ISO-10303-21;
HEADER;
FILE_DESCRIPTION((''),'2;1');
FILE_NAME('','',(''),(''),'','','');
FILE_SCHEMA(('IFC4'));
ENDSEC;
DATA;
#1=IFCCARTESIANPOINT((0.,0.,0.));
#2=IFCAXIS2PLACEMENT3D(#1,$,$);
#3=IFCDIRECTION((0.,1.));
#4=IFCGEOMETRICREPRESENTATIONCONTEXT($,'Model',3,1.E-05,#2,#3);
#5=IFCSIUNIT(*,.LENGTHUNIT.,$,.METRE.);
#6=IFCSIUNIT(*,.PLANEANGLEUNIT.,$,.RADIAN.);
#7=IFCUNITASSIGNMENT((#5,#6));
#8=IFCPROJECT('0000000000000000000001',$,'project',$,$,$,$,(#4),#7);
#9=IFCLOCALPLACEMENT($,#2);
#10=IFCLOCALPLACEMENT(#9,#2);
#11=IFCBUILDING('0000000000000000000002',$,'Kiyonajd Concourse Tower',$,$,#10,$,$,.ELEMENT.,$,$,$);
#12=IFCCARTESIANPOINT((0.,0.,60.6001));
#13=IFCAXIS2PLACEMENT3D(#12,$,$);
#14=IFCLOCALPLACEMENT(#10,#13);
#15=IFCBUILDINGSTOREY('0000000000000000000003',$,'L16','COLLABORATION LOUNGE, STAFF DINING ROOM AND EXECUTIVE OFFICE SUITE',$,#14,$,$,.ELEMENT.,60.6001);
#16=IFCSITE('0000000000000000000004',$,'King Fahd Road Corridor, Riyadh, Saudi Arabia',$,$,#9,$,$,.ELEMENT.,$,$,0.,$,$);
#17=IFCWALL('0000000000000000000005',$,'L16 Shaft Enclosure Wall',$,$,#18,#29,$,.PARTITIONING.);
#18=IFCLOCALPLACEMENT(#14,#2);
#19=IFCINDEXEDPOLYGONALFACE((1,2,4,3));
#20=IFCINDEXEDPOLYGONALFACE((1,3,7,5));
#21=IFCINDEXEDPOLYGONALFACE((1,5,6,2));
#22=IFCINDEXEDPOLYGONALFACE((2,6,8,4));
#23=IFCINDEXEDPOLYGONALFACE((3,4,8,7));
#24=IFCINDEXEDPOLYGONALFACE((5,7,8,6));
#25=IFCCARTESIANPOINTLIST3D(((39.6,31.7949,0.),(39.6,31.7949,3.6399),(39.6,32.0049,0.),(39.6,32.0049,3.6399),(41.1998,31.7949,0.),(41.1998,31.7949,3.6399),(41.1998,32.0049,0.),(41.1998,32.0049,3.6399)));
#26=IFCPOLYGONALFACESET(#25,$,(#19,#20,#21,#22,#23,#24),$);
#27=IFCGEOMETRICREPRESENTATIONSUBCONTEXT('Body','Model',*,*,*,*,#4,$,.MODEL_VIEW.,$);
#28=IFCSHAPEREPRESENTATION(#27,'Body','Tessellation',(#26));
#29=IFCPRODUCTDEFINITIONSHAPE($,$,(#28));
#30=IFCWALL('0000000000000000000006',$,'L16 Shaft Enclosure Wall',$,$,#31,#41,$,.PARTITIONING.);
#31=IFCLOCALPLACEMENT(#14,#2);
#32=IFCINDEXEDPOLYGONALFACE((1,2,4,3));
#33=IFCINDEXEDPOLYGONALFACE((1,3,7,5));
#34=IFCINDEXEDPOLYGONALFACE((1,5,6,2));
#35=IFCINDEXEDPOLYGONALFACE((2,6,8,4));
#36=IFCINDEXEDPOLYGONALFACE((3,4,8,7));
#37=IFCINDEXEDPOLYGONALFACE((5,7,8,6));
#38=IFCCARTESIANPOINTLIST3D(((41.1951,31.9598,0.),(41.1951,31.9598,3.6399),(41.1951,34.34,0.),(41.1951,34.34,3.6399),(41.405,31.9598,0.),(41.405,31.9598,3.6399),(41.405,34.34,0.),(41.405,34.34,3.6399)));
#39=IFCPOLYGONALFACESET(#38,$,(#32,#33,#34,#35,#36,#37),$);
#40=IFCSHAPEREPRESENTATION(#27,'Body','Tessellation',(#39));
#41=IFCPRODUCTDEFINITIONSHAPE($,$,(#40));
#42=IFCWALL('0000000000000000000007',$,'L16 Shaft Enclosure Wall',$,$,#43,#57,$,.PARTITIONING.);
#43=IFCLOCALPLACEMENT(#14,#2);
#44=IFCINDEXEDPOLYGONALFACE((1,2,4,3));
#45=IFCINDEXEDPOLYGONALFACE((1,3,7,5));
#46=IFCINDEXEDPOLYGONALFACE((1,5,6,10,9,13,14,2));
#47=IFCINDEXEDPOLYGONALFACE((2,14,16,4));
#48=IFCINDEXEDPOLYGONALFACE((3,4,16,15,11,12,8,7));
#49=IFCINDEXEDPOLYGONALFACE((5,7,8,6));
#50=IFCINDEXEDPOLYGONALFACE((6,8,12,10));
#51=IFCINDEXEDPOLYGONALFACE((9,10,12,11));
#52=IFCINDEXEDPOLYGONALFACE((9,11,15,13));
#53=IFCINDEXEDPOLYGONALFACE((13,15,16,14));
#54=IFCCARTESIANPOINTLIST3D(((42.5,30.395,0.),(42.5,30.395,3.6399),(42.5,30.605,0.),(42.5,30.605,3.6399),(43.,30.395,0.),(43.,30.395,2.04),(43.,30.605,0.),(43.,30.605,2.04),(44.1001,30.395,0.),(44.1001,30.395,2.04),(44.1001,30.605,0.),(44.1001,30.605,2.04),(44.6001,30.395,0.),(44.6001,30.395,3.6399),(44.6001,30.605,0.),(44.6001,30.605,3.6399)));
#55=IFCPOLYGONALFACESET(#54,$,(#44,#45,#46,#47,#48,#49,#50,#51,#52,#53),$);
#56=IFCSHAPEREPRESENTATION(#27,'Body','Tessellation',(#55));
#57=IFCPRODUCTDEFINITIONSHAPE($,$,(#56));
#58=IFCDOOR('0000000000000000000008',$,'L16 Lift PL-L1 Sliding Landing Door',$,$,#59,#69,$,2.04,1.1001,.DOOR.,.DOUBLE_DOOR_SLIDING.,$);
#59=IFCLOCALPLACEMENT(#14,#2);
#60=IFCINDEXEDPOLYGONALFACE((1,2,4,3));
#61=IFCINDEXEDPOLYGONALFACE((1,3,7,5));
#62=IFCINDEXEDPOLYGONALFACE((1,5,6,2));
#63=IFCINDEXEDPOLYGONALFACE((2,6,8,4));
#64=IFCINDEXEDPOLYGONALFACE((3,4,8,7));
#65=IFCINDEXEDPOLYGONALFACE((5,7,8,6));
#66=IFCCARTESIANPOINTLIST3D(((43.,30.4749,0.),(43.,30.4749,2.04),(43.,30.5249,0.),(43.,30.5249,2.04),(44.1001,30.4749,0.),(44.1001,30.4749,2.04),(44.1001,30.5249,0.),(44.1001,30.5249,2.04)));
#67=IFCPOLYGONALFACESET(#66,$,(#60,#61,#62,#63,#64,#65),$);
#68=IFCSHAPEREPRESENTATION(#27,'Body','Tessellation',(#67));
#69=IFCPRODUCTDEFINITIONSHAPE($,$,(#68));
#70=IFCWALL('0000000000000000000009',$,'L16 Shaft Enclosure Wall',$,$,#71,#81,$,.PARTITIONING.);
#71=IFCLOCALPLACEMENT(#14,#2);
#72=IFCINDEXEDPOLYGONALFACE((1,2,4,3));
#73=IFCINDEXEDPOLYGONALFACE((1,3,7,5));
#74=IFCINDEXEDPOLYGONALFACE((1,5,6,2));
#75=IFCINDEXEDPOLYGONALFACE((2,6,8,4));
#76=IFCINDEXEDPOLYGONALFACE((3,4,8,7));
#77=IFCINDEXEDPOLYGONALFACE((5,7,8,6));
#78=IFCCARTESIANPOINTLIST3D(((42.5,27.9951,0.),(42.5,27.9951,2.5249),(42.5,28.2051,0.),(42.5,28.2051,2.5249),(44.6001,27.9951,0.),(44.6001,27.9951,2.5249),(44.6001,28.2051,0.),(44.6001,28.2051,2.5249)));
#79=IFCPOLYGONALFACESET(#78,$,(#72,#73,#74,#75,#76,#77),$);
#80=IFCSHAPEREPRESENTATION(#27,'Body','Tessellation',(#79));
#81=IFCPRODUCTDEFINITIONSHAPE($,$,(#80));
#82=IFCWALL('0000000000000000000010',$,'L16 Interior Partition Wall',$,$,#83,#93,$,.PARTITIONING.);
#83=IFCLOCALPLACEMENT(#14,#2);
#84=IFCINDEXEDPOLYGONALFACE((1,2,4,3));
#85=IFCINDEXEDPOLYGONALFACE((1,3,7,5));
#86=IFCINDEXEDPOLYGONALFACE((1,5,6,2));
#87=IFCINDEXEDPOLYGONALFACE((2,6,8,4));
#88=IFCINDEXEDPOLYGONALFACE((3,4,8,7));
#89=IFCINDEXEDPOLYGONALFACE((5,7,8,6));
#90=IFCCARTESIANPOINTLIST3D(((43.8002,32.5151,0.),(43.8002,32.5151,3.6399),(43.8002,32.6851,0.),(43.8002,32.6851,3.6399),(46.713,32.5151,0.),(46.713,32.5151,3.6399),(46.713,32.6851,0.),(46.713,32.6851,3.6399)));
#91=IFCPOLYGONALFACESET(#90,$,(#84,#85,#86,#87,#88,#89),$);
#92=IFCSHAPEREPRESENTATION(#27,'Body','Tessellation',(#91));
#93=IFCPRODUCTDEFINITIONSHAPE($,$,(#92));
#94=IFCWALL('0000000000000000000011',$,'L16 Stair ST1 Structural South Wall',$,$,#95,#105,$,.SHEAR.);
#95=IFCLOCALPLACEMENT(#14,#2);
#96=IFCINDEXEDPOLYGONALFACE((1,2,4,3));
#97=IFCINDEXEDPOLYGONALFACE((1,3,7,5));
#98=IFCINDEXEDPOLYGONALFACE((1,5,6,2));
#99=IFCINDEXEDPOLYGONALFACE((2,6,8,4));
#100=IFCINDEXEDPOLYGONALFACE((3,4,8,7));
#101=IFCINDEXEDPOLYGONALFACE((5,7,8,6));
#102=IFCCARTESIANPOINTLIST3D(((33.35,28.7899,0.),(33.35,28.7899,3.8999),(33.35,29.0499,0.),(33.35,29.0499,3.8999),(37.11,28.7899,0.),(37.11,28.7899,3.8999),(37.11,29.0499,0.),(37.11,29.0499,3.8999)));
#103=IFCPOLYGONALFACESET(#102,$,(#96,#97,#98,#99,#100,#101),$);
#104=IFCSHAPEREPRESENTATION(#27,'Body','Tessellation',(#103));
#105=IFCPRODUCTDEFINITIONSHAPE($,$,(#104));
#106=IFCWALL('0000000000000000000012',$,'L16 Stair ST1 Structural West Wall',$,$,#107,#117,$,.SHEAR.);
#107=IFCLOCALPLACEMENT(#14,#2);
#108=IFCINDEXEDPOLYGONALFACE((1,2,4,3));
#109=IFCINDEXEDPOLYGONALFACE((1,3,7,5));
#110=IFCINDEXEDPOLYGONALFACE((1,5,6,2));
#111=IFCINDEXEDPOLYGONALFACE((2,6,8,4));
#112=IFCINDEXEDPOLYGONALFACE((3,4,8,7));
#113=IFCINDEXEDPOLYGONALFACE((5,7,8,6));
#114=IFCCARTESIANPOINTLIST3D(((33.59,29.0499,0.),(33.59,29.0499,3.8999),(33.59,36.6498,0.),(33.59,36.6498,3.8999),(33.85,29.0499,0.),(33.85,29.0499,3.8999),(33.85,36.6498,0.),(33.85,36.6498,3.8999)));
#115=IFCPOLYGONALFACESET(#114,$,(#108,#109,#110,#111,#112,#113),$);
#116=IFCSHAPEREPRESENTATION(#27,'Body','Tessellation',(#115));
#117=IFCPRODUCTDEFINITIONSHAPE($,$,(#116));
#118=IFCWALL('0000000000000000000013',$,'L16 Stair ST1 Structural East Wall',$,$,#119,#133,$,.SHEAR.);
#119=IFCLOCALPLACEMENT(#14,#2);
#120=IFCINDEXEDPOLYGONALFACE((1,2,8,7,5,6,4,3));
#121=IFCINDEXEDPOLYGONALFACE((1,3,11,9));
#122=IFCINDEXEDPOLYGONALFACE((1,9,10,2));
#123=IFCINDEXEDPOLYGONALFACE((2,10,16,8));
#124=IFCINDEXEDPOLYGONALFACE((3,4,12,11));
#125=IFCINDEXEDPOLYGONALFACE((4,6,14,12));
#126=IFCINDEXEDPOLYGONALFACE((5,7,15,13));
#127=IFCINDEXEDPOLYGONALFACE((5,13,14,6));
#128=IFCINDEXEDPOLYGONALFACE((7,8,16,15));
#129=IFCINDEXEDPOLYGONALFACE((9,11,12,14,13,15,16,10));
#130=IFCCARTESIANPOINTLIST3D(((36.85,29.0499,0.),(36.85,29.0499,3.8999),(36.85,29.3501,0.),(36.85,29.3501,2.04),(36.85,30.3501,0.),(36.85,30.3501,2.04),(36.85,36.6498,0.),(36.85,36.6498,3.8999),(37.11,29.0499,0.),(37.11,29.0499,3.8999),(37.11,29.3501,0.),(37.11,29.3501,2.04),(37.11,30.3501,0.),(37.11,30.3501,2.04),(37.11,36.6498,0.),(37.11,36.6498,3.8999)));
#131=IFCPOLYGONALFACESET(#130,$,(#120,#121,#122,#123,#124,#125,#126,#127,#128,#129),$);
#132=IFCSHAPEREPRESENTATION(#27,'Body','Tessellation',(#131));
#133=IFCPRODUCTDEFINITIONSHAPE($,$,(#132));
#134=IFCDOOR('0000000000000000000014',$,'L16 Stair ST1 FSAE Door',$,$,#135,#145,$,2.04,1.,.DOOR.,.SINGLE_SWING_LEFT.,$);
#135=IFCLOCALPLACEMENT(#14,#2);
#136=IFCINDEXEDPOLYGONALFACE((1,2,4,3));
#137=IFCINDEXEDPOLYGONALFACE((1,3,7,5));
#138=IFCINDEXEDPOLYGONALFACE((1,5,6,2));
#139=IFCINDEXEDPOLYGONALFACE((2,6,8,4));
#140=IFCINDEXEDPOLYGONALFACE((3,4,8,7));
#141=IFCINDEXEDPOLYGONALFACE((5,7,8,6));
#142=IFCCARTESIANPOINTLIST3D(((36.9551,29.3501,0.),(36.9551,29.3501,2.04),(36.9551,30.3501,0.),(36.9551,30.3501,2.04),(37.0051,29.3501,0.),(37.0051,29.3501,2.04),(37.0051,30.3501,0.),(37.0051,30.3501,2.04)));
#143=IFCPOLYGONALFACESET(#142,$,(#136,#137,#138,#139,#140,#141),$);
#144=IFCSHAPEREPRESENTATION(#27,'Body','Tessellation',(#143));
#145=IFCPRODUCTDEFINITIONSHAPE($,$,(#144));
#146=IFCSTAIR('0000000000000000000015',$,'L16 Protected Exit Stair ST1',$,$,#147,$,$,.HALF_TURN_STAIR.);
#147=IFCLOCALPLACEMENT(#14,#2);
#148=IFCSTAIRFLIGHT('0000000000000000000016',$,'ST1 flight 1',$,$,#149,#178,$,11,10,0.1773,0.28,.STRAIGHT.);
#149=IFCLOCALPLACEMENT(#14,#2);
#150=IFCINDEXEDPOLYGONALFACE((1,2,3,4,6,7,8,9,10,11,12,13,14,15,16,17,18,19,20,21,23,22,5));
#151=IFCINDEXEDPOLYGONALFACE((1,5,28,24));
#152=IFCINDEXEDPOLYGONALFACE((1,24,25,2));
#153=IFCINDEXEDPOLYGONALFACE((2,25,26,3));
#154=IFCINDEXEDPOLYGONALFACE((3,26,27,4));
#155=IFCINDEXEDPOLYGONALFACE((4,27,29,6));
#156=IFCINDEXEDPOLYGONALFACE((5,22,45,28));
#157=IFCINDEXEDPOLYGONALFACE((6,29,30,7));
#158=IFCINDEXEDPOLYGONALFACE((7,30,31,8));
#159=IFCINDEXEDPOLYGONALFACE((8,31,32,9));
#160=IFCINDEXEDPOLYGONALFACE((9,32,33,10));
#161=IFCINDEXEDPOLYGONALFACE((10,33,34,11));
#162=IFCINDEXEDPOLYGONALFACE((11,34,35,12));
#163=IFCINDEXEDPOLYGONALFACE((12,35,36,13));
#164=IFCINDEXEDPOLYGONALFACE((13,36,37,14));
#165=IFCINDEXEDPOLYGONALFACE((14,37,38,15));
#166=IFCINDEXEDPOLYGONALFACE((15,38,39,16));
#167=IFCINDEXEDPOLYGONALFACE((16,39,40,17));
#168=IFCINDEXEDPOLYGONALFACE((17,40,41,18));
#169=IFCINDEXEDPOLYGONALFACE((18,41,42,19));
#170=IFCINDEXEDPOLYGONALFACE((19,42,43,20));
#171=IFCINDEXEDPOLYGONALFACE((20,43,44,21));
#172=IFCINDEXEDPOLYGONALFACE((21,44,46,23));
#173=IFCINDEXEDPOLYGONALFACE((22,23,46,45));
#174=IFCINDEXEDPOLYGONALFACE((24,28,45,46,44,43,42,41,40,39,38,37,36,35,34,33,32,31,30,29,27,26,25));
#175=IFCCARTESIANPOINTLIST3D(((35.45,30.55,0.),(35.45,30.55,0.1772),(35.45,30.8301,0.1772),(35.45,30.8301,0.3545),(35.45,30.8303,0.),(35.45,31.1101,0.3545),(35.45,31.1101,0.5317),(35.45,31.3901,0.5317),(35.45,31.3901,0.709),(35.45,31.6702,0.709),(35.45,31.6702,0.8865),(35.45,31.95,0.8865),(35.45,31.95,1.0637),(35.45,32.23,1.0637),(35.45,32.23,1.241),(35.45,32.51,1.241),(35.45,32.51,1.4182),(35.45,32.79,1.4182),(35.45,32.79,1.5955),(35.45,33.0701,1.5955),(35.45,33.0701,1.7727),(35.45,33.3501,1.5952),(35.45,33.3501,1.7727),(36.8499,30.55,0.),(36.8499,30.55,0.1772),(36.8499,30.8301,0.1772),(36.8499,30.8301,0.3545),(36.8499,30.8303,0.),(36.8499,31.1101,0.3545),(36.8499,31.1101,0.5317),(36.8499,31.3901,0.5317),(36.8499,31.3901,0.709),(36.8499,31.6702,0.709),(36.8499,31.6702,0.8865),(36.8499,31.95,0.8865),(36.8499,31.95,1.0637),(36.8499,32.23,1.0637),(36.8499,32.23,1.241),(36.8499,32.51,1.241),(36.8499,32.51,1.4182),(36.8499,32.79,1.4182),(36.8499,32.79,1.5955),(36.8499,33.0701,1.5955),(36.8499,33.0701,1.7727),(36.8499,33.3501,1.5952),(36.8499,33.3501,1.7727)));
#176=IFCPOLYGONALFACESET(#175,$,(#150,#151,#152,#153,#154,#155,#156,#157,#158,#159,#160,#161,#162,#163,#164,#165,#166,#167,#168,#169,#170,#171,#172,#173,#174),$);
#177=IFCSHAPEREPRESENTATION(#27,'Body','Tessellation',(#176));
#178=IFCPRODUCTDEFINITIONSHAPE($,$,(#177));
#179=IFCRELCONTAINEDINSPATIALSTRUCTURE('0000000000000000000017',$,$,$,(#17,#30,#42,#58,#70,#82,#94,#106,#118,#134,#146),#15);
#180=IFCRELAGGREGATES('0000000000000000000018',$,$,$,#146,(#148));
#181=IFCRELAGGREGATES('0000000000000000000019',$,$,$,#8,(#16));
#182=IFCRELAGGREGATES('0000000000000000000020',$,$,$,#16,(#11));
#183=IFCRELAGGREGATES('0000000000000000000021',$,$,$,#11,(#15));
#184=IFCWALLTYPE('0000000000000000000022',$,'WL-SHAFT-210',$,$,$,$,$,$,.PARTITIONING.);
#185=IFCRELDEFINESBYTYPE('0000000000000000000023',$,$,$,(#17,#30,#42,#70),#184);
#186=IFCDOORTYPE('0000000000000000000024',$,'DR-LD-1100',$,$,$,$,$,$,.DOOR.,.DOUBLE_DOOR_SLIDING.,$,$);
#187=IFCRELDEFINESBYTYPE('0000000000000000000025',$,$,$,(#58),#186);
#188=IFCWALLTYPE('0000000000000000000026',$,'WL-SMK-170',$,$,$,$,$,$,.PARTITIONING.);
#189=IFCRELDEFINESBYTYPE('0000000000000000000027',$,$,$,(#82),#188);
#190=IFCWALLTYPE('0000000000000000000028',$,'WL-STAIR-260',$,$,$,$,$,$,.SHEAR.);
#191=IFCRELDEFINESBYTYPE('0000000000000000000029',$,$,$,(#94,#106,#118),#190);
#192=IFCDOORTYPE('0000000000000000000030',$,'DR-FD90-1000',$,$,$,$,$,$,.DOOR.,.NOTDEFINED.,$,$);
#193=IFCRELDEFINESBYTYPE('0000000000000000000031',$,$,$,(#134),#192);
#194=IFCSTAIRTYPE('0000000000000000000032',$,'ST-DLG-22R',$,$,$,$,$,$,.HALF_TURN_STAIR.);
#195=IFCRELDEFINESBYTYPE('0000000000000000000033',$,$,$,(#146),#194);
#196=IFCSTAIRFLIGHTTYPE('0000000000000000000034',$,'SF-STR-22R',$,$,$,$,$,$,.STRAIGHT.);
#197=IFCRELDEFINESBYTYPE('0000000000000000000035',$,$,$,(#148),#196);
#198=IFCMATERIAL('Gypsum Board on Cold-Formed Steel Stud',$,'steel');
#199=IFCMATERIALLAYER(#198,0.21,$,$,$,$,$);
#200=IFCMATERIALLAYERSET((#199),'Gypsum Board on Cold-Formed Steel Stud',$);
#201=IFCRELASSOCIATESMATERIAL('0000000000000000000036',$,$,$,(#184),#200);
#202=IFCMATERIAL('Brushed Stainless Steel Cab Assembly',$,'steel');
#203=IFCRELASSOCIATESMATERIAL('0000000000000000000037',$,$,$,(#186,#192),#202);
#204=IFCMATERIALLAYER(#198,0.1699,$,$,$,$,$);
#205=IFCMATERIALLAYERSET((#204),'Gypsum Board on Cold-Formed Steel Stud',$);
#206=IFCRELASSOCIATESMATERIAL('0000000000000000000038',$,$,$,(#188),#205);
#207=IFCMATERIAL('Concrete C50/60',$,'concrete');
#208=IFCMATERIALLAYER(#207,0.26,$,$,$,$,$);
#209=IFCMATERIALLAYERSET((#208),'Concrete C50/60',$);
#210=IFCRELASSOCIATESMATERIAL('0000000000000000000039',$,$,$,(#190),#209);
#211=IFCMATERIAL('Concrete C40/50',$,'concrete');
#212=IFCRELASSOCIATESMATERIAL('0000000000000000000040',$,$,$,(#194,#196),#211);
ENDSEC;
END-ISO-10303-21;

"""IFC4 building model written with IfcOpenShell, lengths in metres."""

from ifc_helpers import new_model, si_unit, direction, frame, frame_2d, origin, place, context, subcontext, project, spatial, polyline, rectangle, outline, extrude, material, layer, layer_set, type_object, element, fill, aggregate, save


model = new_model("IFC4")

# Units and contexts
model_context = context("Model", 3, precision=1e-05, world=origin(), true_north=direction((0.0, 1.0)))
body_context = subcontext(model_context, "Body", "Model", "MODEL_VIEW")
ifc_project = project(units=[si_unit("LENGTHUNIT", "METRE"), si_unit("PLANEANGLEUNIT", "RADIAN")], contexts=[model_context])

# Site, building, storey
site_placement = place(None, origin())
site = spatial("IfcSite", under=ifc_project, at=site_placement, Name="King Fahd Road Corridor, Riyadh, Saudi Arabia", CompositionType="ELEMENT", RefElevation=0.0)
building_placement = place(site_placement, origin())
building = spatial("IfcBuilding", under=site, at=building_placement, Name="Kiyonajd Concourse Tower", CompositionType="ELEMENT")
storey_placement = place(building_placement, frame((0.0, 0.0, 60.6001)))
storey = spatial("IfcBuildingStorey", under=building, at=storey_placement, Name="L16", Description="COLLABORATION LOUNGE, STAFF DINING ROOM AND EXECUTIVE OFFICE SUITE", CompositionType="ELEMENT", Elevation=60.6001)

# Shared definitions
ifc_material_1 = material(Name="Concrete C50/60", Category="concrete")

# Shared definitions
ifc_material_2 = material(Name="Brushed Stainless Steel Cab Assembly", Category="steel")

# Shared definitions
ifc_material_3 = material(Name="Gypsum Board on Cold-Formed Steel Stud", Category="steel")

# Shared definitions
ifc_layer_1 = layer(ifc_material_3, 0.21)
ifc_layer_set_1 = layer_set([ifc_layer_1], Name="Gypsum Board on Cold-Formed Steel Stud")
wall_type_1 = type_object("IfcWallType", Name="WL-SHAFT-210", PredefinedType="PARTITIONING", material=ifc_layer_set_1)

# Walls
wall_1_placement = place(storey_placement, frame((39.6001, 31.8999, 0.0), z_axis=(0.0, 0.0, 1.0), x_axis=(1.0, 0.0, 0.0)))
element("IfcWall", 1, at=wall_1_placement, inside=storey, type_object=wall_type_1, Name="L16 Shaft Enclosure Wall", PredefinedType="PARTITIONING", context=body_context, shape_type="SweptSolid", body=[
    extrude(rectangle(XDim=1.5999, YDim=0.21, at=frame_2d((0.7998, 0.0))), origin(), (0.0, 0.0, 1.0), 3.6399),
])
wall_2_placement = place(storey_placement, frame((41.3, 31.96, 0.0), z_axis=(0.0, 0.0, 1.0), x_axis=(0.0, 1.0, 0.0)))
element("IfcWall", 2, at=wall_2_placement, inside=storey, type_object=wall_type_1, Name="L16 Shaft Enclosure Wall", PredefinedType="PARTITIONING", context=body_context, shape_type="SweptSolid", body=[
    extrude(rectangle(XDim=2.3801, YDim=0.21, at=frame_2d((1.1899, 0.0))), origin(), (0.0, 0.0, 1.0), 3.6399),
])

# Wall, opening, door
wall_3_placement = place(storey_placement, frame((42.5, 30.5, 0.0), z_axis=(0.0, 0.0, 1.0), x_axis=(1.0, 0.0, 0.0)))
wall_3 = element("IfcWall", 3, at=wall_3_placement, inside=storey, type_object=wall_type_1, Name="L16 Shaft Enclosure Wall", PredefinedType="PARTITIONING", context=body_context, shape_type="SweptSolid", body=[
    extrude(rectangle(XDim=2.1001, YDim=0.21, at=frame_2d((1.05, 0.0))), origin(), (0.0, 0.0, 1.0), 3.6399),
])
opening_1_placement = place(wall_3_placement, frame((0.5, 0.0, 0.0)))
opening_1 = element("IfcOpeningElement", 4, at=opening_1_placement, cuts=wall_3, PredefinedType="OPENING", context=body_context, shape_type="SweptSolid", body=[
    extrude(rectangle(XDim=1.1001, YDim=2.04, at=frame_2d((0.55, 1.02))), frame((0.0, 0.115, 0.0), z_axis=(0.0, -1.0, 0.0), x_axis=(1.0, 0.0, 0.0)), (0.0, 0.0, 1.0), 0.23),
])
door_type_1 = type_object("IfcDoorType", Name="DR-LD-1100", OperationType="DOUBLE_DOOR_SLIDING", PredefinedType="DOOR", material=ifc_material_2)
door_1_placement = place(opening_1_placement, origin())
door_1 = element("IfcDoor", 5, at=door_1_placement, inside=storey, type_object=door_type_1, Name="L16 Lift PL-L1 Sliding Landing Door", OperationType="DOUBLE_DOOR_SLIDING", OverallHeight=2.04, OverallWidth=1.1001, PredefinedType="DOOR", context=body_context, shape_type="SweptSolid", body=[
    extrude(rectangle(XDim=1.1001, YDim=2.04, at=frame_2d((0.55, 1.02))), frame((0.0, 0.0249, 0.0), z_axis=(0.0, -1.0, 0.0), x_axis=(1.0, 0.0, 0.0)), (0.0, 0.0, 1.0), 0.05),
])
fill(opening_1, door_1)

# Walls
wall_4_placement = place(storey_placement, frame((42.5, 28.1001, 0.0), z_axis=(0.0, 0.0, 1.0), x_axis=(1.0, 0.0, 0.0)))
element("IfcWall", 6, at=wall_4_placement, inside=storey, type_object=wall_type_1, Name="L16 Shaft Enclosure Wall", PredefinedType="PARTITIONING", context=body_context, shape_type="SweptSolid", body=[
    extrude(rectangle(XDim=2.1001, YDim=0.21, at=frame_2d((1.05, 0.0))), origin(), (0.0, 0.0, 1.0), 2.5249),
])
ifc_layer_2 = layer(ifc_material_3, 0.1699)
ifc_layer_set_2 = layer_set([ifc_layer_2], Name="Gypsum Board on Cold-Formed Steel Stud")
wall_type_2 = type_object("IfcWallType", Name="WL-SMK-170", PredefinedType="PARTITIONING", material=ifc_layer_set_2)
wall_5_placement = place(storey_placement, frame((43.8, 32.6001, 0.0), z_axis=(0.0, 0.0, 1.0), x_axis=(1.0, 0.0, 0.0)))
element("IfcWall", 7, at=wall_5_placement, inside=storey, type_object=wall_type_2, Name="L16 Interior Partition Wall", PredefinedType="PARTITIONING", context=body_context, shape_type="SweptSolid", body=[
    extrude(rectangle(XDim=2.9128, YDim=0.1699, at=frame_2d((1.4565, 0.0))), origin(), (0.0, 0.0, 1.0), 3.6399),
])
ifc_layer_3 = layer(ifc_material_1, 0.26)
ifc_layer_set_3 = layer_set([ifc_layer_3], Name="Concrete C50/60")
wall_type_3 = type_object("IfcWallType", Name="WL-STAIR-260", PredefinedType="SHEAR", material=ifc_layer_set_3)
wall_6_placement = place(storey_placement, frame((33.3501, 28.9199, 0.0), z_axis=(0.0, 0.0, 1.0), x_axis=(1.0, 0.0, 0.0)))
element("IfcWall", 8, at=wall_6_placement, inside=storey, type_object=wall_type_3, Name="L16 Stair ST1 Structural South Wall", PredefinedType="SHEAR", context=body_context, shape_type="SweptSolid", body=[
    extrude(rectangle(XDim=3.76, YDim=0.26, at=frame_2d((1.8799, 0.0))), origin(), (0.0, 0.0, 1.0), 3.8999),
])
wall_7_placement = place(storey_placement, frame((33.72, 29.05, 0.0), z_axis=(0.0, 0.0, 1.0), x_axis=(0.0, 1.0, 0.0)))
element("IfcWall", 9, at=wall_7_placement, inside=storey, type_object=wall_type_3, Name="L16 Stair ST1 Structural West Wall", PredefinedType="SHEAR", context=body_context, shape_type="SweptSolid", body=[
    extrude(rectangle(XDim=7.5999, YDim=0.26, at=frame_2d((3.7998, 0.0))), origin(), (0.0, 0.0, 1.0), 3.8999),
])

# Wall, opening, door
wall_8_placement = place(storey_placement, frame((36.98, 29.05, 0.0), z_axis=(0.0, 0.0, 1.0), x_axis=(0.0, 1.0, 0.0)))
wall_8 = element("IfcWall", 10, at=wall_8_placement, inside=storey, type_object=wall_type_3, Name="L16 Stair ST1 Structural East Wall", PredefinedType="SHEAR", context=body_context, shape_type="SweptSolid", body=[
    extrude(rectangle(XDim=7.5999, YDim=0.26, at=frame_2d((3.7998, 0.0))), origin(), (0.0, 0.0, 1.0), 3.8999),
])
opening_2_placement = place(wall_8_placement, frame((0.3, 0.0, 0.0)))
opening_2 = element("IfcOpeningElement", 11, at=opening_2_placement, cuts=wall_8, PredefinedType="OPENING", context=body_context, shape_type="SweptSolid", body=[
    extrude(rectangle(XDim=1.0, YDim=2.04, at=frame_2d((0.5, 1.02))), frame((0.0, 0.1399, 0.0), z_axis=(0.0, -1.0, 0.0), x_axis=(1.0, 0.0, 0.0)), (0.0, 0.0, 1.0), 0.28),
])
door_type_2 = type_object("IfcDoorType", Name="DR-FD90-1000", OperationType="NOTDEFINED", PredefinedType="DOOR", material=ifc_material_2)
door_2_placement = place(opening_2_placement, origin())
door_2 = element("IfcDoor", 12, at=door_2_placement, inside=storey, type_object=door_type_2, Name="L16 Stair ST1 FSAE Door", OperationType="SINGLE_SWING_LEFT", OverallHeight=2.04, OverallWidth=1.0, PredefinedType="DOOR", context=body_context, shape_type="SweptSolid", body=[
    extrude(rectangle(XDim=1.0, YDim=2.04, at=frame_2d((0.5, 1.02))), frame((0.0, 0.0249, 0.0), z_axis=(0.0, -1.0, 0.0), x_axis=(1.0, 0.0, 0.0)), (0.0, 0.0, 1.0), 0.05),
])
fill(opening_2, door_2)

# Stair, stair flight
ifc_material_4 = material(Name="Concrete C40/50", Category="concrete")
stair_type = type_object("IfcStairType", Name="ST-DLG-22R", PredefinedType="HALF_TURN_STAIR", material=ifc_material_4)
stair_placement = place(storey_placement, origin())
stair = element("IfcStair", 13, at=stair_placement, inside=storey, type_object=stair_type, Name="L16 Protected Exit Stair ST1", PredefinedType="HALF_TURN_STAIR")
stair_flight_type = type_object("IfcStairFlightType", Name="SF-STR-22R", PredefinedType="STRAIGHT", material=ifc_material_4)
stair_flight_1_placement = place(storey_placement, frame((36.1499, 30.55, 0.0), z_axis=(0.0, 0.0, 1.0), x_axis=(0.0, 1.0, 0.0)))
stair_flight_1 = element("IfcStairFlight", 14, at=stair_flight_1_placement, type_object=stair_flight_type, Name="ST1 flight 1", NumberOfRisers=11, NumberOfTreads=10, PredefinedType="STRAIGHT", RiserHeight=0.1773, TreadLength=0.28, context=body_context, shape_type="SweptSolid", body=[
    extrude(outline(polyline([(0.0, 0.0), (0.0, 0.1772), (0.28, 0.1772), (0.28, 0.3545), (0.5601, 0.3545), (0.5601, 0.5317), (0.8401, 0.5317), (0.8401, 0.709), (1.1201, 0.709), (1.1201, 0.8865), (1.3999, 0.8865), (1.3999, 1.0637), (1.6799, 1.0637), (1.6799, 1.241), (1.96, 1.241), (1.96, 1.4182), (2.24, 1.4182), (2.24, 1.5955), (2.52, 1.5955), (2.52, 1.7727), (2.8, 1.7727), (2.8, 1.95), (2.8, 1.5952), (0.2803, 0.0), (0.0, 0.0)])), frame((0.0, 0.7, 0.0), z_axis=(0.0, -1.0, 0.0), x_axis=(1.0, 0.0, 0.0)), (0.0, 0.0, 1.0), 1.3999),
])
aggregate(stair, [stair_flight_1])

save(model, "model.ifc")
